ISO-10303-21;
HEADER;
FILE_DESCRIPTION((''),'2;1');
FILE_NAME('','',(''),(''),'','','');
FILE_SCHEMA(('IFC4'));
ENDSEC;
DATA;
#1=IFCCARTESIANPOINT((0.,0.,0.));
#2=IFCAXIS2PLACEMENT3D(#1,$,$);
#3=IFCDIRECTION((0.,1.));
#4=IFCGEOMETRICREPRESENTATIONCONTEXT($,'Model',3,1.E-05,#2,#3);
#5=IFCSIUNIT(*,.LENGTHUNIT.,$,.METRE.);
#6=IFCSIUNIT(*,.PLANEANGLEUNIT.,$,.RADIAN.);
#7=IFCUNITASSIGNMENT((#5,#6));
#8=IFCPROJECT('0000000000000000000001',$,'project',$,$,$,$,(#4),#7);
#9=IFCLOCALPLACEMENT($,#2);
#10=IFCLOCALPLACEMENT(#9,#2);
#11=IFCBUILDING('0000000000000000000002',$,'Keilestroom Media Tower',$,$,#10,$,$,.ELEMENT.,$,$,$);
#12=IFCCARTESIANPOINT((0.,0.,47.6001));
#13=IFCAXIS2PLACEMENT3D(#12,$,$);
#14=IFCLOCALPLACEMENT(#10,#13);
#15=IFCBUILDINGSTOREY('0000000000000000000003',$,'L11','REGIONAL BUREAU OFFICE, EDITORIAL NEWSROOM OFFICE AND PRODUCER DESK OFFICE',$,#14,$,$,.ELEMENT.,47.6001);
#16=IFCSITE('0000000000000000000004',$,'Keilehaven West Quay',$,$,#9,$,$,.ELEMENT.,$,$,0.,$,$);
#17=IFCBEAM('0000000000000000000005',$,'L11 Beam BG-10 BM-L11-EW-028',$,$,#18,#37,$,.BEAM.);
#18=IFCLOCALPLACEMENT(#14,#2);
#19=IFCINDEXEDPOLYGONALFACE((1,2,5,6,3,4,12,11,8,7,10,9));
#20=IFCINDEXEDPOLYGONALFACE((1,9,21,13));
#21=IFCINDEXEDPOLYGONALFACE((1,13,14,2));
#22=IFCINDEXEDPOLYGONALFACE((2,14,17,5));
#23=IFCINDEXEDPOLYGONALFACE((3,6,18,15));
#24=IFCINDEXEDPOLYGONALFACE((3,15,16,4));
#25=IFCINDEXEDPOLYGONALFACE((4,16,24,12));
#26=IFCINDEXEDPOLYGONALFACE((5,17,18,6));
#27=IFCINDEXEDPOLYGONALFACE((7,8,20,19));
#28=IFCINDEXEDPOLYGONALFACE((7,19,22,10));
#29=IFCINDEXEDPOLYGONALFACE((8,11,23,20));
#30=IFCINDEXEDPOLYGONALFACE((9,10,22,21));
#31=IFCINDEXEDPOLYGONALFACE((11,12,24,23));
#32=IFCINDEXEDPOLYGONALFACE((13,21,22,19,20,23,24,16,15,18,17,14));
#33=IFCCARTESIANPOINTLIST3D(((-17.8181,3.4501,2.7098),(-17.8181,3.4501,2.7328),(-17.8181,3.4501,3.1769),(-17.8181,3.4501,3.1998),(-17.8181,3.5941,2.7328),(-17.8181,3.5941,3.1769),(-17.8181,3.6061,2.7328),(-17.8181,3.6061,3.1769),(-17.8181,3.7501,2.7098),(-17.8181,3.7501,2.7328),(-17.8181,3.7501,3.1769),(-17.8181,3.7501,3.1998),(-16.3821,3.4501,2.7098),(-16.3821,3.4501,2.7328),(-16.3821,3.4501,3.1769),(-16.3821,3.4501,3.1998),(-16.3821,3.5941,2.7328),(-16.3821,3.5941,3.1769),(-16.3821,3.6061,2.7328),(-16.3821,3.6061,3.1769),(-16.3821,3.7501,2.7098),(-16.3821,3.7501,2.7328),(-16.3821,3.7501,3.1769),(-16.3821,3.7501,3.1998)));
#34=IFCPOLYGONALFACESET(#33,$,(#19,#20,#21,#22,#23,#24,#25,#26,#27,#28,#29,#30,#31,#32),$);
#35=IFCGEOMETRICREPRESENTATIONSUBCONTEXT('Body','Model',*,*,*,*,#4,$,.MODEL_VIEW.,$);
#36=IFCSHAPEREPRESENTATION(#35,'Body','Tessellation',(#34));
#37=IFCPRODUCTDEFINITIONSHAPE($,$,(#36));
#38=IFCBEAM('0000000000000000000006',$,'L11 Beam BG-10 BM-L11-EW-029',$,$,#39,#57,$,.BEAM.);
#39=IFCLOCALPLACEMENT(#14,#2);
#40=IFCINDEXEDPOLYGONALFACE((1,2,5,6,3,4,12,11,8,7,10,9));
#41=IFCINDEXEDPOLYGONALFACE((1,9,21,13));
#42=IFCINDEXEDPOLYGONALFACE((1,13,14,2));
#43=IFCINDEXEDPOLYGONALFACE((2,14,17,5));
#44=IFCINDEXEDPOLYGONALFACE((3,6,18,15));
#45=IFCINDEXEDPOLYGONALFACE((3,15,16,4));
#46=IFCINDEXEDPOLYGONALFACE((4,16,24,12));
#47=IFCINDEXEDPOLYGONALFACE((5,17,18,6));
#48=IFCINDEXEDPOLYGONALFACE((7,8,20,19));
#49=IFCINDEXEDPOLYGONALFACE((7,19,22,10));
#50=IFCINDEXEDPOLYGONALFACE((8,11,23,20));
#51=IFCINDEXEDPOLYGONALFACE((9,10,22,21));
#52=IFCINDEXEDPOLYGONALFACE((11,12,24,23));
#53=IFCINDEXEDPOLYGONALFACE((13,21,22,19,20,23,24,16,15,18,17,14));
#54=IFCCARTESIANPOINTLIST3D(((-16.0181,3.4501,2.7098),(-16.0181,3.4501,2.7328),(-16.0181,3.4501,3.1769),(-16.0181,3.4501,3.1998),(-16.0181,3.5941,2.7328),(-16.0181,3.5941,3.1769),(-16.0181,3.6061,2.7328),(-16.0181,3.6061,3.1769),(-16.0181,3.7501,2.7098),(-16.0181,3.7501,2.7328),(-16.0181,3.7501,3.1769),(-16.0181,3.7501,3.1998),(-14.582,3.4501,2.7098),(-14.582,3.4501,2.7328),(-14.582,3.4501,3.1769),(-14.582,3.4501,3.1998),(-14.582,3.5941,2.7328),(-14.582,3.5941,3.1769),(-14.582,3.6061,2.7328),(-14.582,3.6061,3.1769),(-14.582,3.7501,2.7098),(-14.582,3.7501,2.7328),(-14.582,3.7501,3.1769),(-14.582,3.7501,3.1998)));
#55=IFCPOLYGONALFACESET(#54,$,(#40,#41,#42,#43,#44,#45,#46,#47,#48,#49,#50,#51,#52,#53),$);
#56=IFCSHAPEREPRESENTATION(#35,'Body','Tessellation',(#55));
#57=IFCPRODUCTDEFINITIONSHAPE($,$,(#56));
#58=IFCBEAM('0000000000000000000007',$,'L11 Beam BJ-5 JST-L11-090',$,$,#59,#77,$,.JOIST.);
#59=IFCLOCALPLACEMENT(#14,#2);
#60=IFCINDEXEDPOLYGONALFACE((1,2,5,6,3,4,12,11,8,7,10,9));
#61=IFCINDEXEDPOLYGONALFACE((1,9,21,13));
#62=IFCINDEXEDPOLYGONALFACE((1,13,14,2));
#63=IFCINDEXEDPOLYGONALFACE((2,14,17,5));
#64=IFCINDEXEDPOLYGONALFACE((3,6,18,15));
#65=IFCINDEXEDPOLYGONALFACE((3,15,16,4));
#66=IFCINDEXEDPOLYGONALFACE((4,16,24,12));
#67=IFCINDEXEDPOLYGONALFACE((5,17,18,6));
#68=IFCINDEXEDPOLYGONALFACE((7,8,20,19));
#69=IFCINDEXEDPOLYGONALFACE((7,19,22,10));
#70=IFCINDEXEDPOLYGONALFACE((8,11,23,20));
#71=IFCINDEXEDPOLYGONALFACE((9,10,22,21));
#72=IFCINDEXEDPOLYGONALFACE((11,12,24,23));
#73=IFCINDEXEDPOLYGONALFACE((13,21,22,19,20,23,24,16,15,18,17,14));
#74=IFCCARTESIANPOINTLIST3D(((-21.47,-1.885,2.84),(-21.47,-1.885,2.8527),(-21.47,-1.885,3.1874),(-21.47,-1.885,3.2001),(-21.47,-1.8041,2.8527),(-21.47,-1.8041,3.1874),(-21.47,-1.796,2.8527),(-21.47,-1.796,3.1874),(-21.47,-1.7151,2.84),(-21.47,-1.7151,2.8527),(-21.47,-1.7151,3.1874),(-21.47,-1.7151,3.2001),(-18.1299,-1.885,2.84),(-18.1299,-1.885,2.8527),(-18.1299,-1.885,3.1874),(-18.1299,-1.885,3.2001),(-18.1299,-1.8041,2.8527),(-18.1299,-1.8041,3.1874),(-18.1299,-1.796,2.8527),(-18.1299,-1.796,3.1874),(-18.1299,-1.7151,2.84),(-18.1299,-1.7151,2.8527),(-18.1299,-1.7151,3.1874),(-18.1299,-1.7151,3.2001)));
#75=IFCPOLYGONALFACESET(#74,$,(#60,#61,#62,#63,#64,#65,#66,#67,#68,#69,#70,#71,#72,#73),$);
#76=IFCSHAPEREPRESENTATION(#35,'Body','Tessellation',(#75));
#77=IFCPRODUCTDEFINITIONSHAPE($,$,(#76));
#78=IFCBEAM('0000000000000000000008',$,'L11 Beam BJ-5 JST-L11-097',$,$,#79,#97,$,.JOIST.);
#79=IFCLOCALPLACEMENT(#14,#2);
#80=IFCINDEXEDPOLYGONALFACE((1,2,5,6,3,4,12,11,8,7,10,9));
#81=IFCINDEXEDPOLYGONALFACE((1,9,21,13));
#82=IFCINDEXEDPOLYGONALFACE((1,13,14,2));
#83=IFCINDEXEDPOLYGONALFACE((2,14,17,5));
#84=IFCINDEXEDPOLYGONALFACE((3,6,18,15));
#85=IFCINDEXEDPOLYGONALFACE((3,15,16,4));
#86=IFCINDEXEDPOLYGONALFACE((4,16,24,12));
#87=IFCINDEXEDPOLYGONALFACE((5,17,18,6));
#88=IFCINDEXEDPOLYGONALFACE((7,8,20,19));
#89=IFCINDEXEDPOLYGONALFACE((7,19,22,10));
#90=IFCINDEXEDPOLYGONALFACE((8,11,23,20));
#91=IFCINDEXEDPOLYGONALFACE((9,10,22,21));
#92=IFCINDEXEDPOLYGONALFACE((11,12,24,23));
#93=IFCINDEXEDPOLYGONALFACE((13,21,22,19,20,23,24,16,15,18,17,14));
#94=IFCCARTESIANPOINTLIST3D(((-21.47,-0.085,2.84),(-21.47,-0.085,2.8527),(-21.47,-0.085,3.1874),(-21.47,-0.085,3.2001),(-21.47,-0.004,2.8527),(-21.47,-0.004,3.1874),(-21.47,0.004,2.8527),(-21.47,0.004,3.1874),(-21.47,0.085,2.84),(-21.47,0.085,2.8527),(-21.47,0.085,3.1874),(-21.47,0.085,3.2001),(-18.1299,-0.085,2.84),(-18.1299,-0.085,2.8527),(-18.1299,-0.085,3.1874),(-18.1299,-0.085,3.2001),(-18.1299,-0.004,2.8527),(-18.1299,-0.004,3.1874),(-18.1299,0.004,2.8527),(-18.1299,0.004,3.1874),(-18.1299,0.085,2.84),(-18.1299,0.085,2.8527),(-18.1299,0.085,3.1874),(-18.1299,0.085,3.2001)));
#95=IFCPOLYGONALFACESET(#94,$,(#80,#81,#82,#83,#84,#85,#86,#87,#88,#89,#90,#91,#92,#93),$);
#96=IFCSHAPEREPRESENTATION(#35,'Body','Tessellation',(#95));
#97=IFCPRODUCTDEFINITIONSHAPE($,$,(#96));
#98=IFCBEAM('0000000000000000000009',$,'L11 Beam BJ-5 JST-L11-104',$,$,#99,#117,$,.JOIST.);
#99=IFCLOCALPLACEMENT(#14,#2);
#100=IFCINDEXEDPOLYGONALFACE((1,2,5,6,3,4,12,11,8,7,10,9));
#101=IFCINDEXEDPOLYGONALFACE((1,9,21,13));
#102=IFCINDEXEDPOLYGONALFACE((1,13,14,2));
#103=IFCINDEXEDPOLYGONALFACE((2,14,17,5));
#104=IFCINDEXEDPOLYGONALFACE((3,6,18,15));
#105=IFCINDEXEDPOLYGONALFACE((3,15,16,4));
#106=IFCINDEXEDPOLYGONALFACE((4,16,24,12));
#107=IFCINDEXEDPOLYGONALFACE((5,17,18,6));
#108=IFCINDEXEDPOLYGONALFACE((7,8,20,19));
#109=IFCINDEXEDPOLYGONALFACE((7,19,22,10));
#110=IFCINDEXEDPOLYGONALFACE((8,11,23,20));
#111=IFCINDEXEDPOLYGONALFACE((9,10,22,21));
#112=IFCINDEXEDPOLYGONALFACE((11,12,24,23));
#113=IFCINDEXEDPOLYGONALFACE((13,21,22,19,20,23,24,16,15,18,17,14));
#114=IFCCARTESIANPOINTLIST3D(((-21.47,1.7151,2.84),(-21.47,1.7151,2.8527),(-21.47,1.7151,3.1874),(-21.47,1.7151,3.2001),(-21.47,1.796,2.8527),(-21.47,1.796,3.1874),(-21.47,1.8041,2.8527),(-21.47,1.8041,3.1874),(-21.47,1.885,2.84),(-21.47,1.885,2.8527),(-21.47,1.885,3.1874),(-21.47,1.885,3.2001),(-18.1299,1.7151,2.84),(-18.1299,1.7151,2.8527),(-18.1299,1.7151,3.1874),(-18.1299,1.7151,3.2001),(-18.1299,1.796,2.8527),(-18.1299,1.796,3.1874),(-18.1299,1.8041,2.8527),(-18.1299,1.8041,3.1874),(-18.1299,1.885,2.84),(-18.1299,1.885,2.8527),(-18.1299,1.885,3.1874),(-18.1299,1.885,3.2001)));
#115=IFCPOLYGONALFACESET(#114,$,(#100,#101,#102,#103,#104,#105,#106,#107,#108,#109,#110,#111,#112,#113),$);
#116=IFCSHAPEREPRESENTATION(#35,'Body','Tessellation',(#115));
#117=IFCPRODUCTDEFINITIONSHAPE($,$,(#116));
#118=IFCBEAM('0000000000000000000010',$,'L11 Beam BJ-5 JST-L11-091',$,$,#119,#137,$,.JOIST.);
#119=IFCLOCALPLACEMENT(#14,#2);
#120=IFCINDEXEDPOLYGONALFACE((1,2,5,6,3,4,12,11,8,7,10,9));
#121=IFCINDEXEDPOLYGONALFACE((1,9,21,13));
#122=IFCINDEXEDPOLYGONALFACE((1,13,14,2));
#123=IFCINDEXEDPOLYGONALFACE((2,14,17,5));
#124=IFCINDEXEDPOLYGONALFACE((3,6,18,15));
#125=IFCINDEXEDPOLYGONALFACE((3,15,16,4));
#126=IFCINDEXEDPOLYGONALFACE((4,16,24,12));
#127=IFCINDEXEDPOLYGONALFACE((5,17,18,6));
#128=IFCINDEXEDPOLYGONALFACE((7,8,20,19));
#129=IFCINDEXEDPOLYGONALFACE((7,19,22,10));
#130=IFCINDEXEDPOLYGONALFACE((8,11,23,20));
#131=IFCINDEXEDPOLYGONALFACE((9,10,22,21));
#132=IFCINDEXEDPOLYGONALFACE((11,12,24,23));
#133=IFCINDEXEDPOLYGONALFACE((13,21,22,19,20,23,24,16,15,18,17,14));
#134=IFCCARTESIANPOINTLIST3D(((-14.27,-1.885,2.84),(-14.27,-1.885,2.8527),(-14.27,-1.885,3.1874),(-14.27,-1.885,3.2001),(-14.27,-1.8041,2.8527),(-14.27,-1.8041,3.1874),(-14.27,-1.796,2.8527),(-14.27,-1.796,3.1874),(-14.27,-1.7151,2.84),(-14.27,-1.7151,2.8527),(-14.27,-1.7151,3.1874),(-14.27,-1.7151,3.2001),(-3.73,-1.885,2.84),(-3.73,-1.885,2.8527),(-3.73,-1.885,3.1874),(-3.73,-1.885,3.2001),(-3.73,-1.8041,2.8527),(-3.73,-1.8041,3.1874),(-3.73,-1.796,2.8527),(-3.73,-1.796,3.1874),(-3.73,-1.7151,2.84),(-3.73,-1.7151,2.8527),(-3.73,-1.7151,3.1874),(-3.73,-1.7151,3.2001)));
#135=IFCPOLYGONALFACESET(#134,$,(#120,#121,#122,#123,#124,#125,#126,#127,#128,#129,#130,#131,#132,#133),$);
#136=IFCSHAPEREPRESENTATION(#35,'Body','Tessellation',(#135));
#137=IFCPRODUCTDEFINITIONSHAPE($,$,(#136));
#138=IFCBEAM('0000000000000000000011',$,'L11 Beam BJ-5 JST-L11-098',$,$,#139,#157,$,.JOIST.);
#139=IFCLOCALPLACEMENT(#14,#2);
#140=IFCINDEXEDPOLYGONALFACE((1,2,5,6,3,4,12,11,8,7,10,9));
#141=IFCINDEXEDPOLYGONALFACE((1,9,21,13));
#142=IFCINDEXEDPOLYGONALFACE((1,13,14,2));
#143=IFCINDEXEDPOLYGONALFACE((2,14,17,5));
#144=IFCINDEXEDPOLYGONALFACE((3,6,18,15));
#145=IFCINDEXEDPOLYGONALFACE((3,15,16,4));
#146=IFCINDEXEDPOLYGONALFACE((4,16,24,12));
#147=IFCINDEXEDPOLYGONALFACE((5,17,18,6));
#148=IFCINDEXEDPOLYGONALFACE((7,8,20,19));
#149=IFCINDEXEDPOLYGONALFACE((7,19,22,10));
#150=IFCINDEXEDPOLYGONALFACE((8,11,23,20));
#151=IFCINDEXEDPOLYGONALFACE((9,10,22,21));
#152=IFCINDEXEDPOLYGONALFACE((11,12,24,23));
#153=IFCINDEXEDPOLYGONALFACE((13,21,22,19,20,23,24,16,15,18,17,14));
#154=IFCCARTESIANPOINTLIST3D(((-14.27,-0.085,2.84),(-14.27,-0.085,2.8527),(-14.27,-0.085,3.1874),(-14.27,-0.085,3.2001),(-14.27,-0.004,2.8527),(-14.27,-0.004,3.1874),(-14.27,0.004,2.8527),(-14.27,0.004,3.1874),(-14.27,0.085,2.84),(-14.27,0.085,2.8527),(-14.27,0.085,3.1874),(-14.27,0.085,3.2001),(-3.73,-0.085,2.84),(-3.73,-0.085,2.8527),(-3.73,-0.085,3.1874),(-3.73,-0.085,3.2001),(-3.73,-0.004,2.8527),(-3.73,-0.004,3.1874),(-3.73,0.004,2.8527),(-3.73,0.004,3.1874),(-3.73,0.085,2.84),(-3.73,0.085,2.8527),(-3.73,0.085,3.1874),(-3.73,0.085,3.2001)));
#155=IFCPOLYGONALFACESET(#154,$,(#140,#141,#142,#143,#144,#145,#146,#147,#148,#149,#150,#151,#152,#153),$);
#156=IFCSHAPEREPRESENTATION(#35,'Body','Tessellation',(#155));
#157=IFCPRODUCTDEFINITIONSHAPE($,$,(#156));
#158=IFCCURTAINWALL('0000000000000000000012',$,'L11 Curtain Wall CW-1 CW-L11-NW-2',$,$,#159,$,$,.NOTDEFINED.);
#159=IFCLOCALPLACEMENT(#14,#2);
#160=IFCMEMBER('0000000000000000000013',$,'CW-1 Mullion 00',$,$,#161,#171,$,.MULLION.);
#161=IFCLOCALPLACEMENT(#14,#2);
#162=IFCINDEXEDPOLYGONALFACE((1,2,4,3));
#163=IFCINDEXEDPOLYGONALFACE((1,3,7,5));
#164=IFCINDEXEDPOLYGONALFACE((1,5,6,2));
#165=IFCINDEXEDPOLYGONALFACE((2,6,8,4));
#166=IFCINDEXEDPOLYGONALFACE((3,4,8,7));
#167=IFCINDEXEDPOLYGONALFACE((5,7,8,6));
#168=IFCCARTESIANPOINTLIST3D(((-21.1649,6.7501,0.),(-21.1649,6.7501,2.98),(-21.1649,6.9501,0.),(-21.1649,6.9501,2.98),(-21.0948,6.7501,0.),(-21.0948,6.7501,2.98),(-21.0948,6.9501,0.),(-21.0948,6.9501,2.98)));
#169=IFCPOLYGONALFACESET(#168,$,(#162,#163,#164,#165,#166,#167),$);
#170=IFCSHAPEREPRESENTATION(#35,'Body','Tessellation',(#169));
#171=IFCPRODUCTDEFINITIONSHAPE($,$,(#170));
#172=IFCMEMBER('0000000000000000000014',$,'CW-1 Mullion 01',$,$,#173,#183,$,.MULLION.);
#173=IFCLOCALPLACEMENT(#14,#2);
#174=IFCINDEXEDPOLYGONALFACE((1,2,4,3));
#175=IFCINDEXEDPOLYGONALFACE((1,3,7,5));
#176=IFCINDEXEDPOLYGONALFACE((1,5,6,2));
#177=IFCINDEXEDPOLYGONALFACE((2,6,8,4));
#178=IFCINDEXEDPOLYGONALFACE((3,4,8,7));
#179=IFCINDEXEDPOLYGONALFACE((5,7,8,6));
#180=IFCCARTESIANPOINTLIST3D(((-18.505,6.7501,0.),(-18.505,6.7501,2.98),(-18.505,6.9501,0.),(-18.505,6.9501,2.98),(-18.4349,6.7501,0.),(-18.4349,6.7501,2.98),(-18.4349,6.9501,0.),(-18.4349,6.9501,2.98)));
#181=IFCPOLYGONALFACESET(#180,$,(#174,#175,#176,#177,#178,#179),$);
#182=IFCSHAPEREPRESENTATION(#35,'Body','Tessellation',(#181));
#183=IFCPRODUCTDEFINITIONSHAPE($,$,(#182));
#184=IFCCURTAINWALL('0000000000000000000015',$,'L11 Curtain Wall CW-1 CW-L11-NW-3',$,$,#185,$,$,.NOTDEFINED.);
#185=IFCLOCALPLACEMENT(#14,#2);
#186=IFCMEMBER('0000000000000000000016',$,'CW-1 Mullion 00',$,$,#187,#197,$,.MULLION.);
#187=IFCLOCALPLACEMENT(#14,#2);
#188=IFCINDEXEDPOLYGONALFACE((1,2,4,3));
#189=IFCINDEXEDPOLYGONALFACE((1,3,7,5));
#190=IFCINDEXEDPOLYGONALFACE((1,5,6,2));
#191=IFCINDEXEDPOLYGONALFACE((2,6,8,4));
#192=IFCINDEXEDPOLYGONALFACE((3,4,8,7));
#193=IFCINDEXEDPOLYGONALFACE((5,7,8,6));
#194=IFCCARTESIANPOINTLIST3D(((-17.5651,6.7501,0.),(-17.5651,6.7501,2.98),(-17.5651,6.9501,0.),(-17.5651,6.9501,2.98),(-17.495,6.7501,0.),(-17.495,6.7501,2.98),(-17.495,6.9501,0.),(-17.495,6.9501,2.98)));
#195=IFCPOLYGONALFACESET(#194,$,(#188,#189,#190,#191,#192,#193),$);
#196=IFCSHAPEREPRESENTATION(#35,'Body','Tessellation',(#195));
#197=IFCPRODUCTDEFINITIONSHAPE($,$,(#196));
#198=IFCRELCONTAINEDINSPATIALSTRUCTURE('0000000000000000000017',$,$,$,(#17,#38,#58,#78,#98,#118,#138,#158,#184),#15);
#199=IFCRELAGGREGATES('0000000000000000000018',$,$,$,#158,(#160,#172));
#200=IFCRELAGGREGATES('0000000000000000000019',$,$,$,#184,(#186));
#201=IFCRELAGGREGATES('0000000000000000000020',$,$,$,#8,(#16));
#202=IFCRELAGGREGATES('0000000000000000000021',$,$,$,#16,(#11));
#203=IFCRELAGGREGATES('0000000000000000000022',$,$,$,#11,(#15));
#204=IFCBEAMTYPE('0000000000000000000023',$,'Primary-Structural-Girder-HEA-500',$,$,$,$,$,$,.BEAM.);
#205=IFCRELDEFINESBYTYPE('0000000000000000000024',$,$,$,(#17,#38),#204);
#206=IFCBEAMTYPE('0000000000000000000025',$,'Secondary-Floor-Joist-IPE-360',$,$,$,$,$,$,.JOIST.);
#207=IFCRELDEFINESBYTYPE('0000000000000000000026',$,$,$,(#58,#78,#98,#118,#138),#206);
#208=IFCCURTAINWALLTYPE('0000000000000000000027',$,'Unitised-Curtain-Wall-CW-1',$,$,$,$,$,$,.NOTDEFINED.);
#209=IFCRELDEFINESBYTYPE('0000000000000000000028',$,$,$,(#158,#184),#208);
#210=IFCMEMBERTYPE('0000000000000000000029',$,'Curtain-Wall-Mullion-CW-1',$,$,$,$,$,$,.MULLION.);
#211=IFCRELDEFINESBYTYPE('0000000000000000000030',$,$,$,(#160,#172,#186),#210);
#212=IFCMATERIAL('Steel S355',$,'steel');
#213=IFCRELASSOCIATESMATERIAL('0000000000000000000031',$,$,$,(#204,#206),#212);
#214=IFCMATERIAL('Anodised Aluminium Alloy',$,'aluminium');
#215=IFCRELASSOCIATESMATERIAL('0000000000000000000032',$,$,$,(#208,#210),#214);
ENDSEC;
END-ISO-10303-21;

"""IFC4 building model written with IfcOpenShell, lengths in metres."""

from ifc_helpers import new_model, si_unit, direction, frame, origin, origin_2d, place, context, subcontext, project, spatial, rectangle, i_section, extrude, source, transform, mapped, material, material_profile, profile_set, type_object, element, aggregate, save


model = new_model("IFC4")

# Units and contexts
model_context = context("Model", 3, precision=1e-05, world=origin(), true_north=direction((0.0, 1.0)))
body_context = subcontext(model_context, "Body", "Model", "MODEL_VIEW")
ifc_project = project(units=[si_unit("LENGTHUNIT", "METRE"), si_unit("PLANEANGLEUNIT", "RADIAN")], contexts=[model_context])

# Site, building, storey
site_placement = place(None, origin())
site = spatial("IfcSite", under=ifc_project, at=site_placement, Name="Keilehaven West Quay", CompositionType="ELEMENT", RefElevation=0.0)
building_placement = place(site_placement, origin())
building = spatial("IfcBuilding", under=site, at=building_placement, Name="Keilestroom Media Tower", CompositionType="ELEMENT")
storey_placement = place(building_placement, frame((0.0, 0.0, 47.6001)))
storey = spatial("IfcBuildingStorey", under=building, at=storey_placement, Name="L11", Description="REGIONAL BUREAU OFFICE, EDITORIAL NEWSROOM OFFICE AND PRODUCER DESK OFFICE", CompositionType="ELEMENT", Elevation=47.6001)

# Beams
ifc_material_1 = material(Name="Steel S355", Category="steel")
ifc_material_profile_1 = material_profile(ifc_material_1, i_section(OverallWidth=0.3, OverallDepth=0.49, WebThickness=0.012, FlangeThickness=0.0229, at=origin_2d()), Name="HEA 500")
ifc_profile_set_1 = profile_set([ifc_material_profile_1], Name="Steel S355")
beam_type_1 = type_object("IfcBeamType", Name="Primary-Structural-Girder-HEA-500", PredefinedType="BEAM", material=ifc_profile_set_1)
shared_shape_1 = source(origin(), body_context, "Body", "SweptSolid", [
    extrude(i_section(OverallWidth=0.3, OverallDepth=0.49, WebThickness=0.012, FlangeThickness=0.0229, at=origin_2d()), origin(), (0.0, 0.0, 1.0), 1.436),
])
for number, where, z_axis, x_axis, name in (
    (1, (-17.8181, 3.6001, 2.9548), (1.0, 0.0, 0.0), (0.0, 1.0, 0.0), "L11 Beam BG-10 BM-L11-EW-028"),
    (2, (-16.0181, 3.6001, 2.9548), (1.0, 0.0, 0.0), (0.0, 1.0, 0.0), "L11 Beam BG-10 BM-L11-EW-029"),
):
    element("IfcBeam", number, at=place(storey_placement, frame(where, z_axis=z_axis, x_axis=x_axis)), inside=storey, type_object=beam_type_1, Name=name, PredefinedType="BEAM", context=body_context, shape_type="MappedRepresentation", body=[
        mapped(shared_shape_1, transform((0.0, 0.0, 0.0), x_axis=(1.0, 0.0, 0.0), y_axis=(0.0, 1.0, 0.0), z_axis=(0.0, 0.0, 1.0), scale=1.0)),
    ])
ifc_material_profile_2 = material_profile(ifc_material_1, i_section(OverallWidth=0.1699, OverallDepth=0.3601, WebThickness=0.0081, FlangeThickness=0.0127, at=origin_2d()), Name="IPE 360")
ifc_profile_set_2 = profile_set([ifc_material_profile_2], Name="Steel S355")
beam_type_2 = type_object("IfcBeamType", Name="Secondary-Floor-Joist-IPE-360", PredefinedType="JOIST", material=ifc_profile_set_2)
shared_shape_2 = source(origin(), body_context, "Body", "SweptSolid", [
    extrude(i_section(OverallWidth=0.1699, OverallDepth=0.3601, WebThickness=0.0081, FlangeThickness=0.0127, at=origin_2d()), origin(), (0.0, 0.0, 1.0), 3.3401),
])
for number, where, z_axis, x_axis, name in (
    (3, (-21.47, -1.8, 3.02), (1.0, 0.0, 0.0), (0.0, 1.0, 0.0), "L11 Beam BJ-5 JST-L11-090"),
    (4, (-21.47, 0.0, 3.02), (1.0, 0.0, 0.0), (0.0, 1.0, 0.0), "L11 Beam BJ-5 JST-L11-097"),
    (5, (-21.47, 1.8, 3.02), (1.0, 0.0, 0.0), (0.0, 1.0, 0.0), "L11 Beam BJ-5 JST-L11-104"),
):
    element("IfcBeam", number, at=place(storey_placement, frame(where, z_axis=z_axis, x_axis=x_axis)), inside=storey, type_object=beam_type_2, Name=name, PredefinedType="JOIST", context=body_context, shape_type="MappedRepresentation", body=[
        mapped(shared_shape_2, transform((0.0, 0.0, 0.0), x_axis=(1.0, 0.0, 0.0), y_axis=(0.0, 1.0, 0.0), z_axis=(0.0, 0.0, 1.0), scale=1.0)),
    ])
shared_shape_3 = source(origin(), body_context, "Body", "SweptSolid", [
    extrude(i_section(OverallWidth=0.1699, OverallDepth=0.3601, WebThickness=0.0081, FlangeThickness=0.0127, at=origin_2d()), origin(), (0.0, 0.0, 1.0), 10.54),
])
for number, where, z_axis, x_axis, name in (
    (6, (-14.27, -1.8, 3.02), (1.0, 0.0, 0.0), (0.0, 1.0, 0.0), "L11 Beam BJ-5 JST-L11-091"),
    (7, (-14.27, 0.0, 3.02), (1.0, 0.0, 0.0), (0.0, 1.0, 0.0), "L11 Beam BJ-5 JST-L11-098"),
):
    element("IfcBeam", number, at=place(storey_placement, frame(where, z_axis=z_axis, x_axis=x_axis)), inside=storey, type_object=beam_type_2, Name=name, PredefinedType="JOIST", context=body_context, shape_type="MappedRepresentation", body=[
        mapped(shared_shape_3, transform((0.0, 0.0, 0.0), x_axis=(1.0, 0.0, 0.0), y_axis=(0.0, 1.0, 0.0), z_axis=(0.0, 0.0, 1.0), scale=1.0)),
    ])

# Curtain walls, members
ifc_material_2 = material(Name="Anodised Aluminium Alloy", Category="aluminium")
curtain_wall_type = type_object("IfcCurtainWallType", Name="Unitised-Curtain-Wall-CW-1", PredefinedType="NOTDEFINED", material=ifc_material_2)
curtain_wall_1_placement = place(storey_placement, origin())
curtain_wall_1 = element("IfcCurtainWall", 8, at=curtain_wall_1_placement, inside=storey, type_object=curtain_wall_type, Name="L11 Curtain Wall CW-1 CW-L11-NW-2", PredefinedType="NOTDEFINED")
ifc_material_profile_3 = material_profile(ifc_material_2, rectangle(XDim=0.0701, YDim=0.2, at=origin_2d()), Name="ALU MULLION 70x200")
ifc_profile_set_3 = profile_set([ifc_material_profile_3], Name="Anodised Aluminium Alloy")
member_type_1 = type_object("IfcMemberType", Name="Curtain-Wall-Mullion-CW-1", PredefinedType="MULLION", material=ifc_profile_set_3)
shared_shape_4 = source(origin(), body_context, "Body", "SweptSolid", [
    extrude(rectangle(XDim=0.0701, YDim=0.2, at=origin_2d()), origin(), (0.0, 0.0, 1.0), 2.98),
])
member_1_placement = place(storey_placement, frame((-21.1299, 6.8501, 0.0), z_axis=(0.0, 0.0, 1.0), x_axis=(1.0, 0.0, 0.0)))
member_1 = element("IfcMember", 9, at=member_1_placement, type_object=member_type_1, Name="CW-1 Mullion 00", PredefinedType="MULLION", context=body_context, shape_type="MappedRepresentation", body=[
    mapped(shared_shape_4, transform((0.0, 0.0, 0.0), x_axis=(1.0, 0.0, 0.0), y_axis=(0.0, 1.0, 0.0), z_axis=(0.0, 0.0, 1.0), scale=1.0)),
])
member_2_placement = place(storey_placement, frame((-18.47, 6.8501, 0.0), z_axis=(0.0, 0.0, 1.0), x_axis=(1.0, 0.0, 0.0)))
member_2 = element("IfcMember", 10, at=member_2_placement, type_object=member_type_1, Name="CW-1 Mullion 01", PredefinedType="MULLION", context=body_context, shape_type="MappedRepresentation", body=[
    mapped(shared_shape_4, transform((0.0, 0.0, 0.0), x_axis=(1.0, 0.0, 0.0), y_axis=(0.0, 1.0, 0.0), z_axis=(0.0, 0.0, 1.0), scale=1.0)),
])
curtain_wall_2_placement = place(storey_placement, origin())
curtain_wall_2 = element("IfcCurtainWall", 11, at=curtain_wall_2_placement, inside=storey, type_object=curtain_wall_type, Name="L11 Curtain Wall CW-1 CW-L11-NW-3", PredefinedType="NOTDEFINED")
member_3_placement = place(storey_placement, frame((-17.53, 6.8501, 0.0), z_axis=(0.0, 0.0, 1.0), x_axis=(1.0, 0.0, 0.0)))
member_3 = element("IfcMember", 12, at=member_3_placement, type_object=member_type_1, Name="CW-1 Mullion 00", PredefinedType="MULLION", context=body_context, shape_type="MappedRepresentation", body=[
    mapped(shared_shape_4, transform((0.0, 0.0, 0.0), x_axis=(1.0, 0.0, 0.0), y_axis=(0.0, 1.0, 0.0), z_axis=(0.0, 0.0, 1.0), scale=1.0)),
])

aggregate(curtain_wall_1, [member_1, member_2])
aggregate(curtain_wall_2, [member_3])

save(model, "model.ifc")
